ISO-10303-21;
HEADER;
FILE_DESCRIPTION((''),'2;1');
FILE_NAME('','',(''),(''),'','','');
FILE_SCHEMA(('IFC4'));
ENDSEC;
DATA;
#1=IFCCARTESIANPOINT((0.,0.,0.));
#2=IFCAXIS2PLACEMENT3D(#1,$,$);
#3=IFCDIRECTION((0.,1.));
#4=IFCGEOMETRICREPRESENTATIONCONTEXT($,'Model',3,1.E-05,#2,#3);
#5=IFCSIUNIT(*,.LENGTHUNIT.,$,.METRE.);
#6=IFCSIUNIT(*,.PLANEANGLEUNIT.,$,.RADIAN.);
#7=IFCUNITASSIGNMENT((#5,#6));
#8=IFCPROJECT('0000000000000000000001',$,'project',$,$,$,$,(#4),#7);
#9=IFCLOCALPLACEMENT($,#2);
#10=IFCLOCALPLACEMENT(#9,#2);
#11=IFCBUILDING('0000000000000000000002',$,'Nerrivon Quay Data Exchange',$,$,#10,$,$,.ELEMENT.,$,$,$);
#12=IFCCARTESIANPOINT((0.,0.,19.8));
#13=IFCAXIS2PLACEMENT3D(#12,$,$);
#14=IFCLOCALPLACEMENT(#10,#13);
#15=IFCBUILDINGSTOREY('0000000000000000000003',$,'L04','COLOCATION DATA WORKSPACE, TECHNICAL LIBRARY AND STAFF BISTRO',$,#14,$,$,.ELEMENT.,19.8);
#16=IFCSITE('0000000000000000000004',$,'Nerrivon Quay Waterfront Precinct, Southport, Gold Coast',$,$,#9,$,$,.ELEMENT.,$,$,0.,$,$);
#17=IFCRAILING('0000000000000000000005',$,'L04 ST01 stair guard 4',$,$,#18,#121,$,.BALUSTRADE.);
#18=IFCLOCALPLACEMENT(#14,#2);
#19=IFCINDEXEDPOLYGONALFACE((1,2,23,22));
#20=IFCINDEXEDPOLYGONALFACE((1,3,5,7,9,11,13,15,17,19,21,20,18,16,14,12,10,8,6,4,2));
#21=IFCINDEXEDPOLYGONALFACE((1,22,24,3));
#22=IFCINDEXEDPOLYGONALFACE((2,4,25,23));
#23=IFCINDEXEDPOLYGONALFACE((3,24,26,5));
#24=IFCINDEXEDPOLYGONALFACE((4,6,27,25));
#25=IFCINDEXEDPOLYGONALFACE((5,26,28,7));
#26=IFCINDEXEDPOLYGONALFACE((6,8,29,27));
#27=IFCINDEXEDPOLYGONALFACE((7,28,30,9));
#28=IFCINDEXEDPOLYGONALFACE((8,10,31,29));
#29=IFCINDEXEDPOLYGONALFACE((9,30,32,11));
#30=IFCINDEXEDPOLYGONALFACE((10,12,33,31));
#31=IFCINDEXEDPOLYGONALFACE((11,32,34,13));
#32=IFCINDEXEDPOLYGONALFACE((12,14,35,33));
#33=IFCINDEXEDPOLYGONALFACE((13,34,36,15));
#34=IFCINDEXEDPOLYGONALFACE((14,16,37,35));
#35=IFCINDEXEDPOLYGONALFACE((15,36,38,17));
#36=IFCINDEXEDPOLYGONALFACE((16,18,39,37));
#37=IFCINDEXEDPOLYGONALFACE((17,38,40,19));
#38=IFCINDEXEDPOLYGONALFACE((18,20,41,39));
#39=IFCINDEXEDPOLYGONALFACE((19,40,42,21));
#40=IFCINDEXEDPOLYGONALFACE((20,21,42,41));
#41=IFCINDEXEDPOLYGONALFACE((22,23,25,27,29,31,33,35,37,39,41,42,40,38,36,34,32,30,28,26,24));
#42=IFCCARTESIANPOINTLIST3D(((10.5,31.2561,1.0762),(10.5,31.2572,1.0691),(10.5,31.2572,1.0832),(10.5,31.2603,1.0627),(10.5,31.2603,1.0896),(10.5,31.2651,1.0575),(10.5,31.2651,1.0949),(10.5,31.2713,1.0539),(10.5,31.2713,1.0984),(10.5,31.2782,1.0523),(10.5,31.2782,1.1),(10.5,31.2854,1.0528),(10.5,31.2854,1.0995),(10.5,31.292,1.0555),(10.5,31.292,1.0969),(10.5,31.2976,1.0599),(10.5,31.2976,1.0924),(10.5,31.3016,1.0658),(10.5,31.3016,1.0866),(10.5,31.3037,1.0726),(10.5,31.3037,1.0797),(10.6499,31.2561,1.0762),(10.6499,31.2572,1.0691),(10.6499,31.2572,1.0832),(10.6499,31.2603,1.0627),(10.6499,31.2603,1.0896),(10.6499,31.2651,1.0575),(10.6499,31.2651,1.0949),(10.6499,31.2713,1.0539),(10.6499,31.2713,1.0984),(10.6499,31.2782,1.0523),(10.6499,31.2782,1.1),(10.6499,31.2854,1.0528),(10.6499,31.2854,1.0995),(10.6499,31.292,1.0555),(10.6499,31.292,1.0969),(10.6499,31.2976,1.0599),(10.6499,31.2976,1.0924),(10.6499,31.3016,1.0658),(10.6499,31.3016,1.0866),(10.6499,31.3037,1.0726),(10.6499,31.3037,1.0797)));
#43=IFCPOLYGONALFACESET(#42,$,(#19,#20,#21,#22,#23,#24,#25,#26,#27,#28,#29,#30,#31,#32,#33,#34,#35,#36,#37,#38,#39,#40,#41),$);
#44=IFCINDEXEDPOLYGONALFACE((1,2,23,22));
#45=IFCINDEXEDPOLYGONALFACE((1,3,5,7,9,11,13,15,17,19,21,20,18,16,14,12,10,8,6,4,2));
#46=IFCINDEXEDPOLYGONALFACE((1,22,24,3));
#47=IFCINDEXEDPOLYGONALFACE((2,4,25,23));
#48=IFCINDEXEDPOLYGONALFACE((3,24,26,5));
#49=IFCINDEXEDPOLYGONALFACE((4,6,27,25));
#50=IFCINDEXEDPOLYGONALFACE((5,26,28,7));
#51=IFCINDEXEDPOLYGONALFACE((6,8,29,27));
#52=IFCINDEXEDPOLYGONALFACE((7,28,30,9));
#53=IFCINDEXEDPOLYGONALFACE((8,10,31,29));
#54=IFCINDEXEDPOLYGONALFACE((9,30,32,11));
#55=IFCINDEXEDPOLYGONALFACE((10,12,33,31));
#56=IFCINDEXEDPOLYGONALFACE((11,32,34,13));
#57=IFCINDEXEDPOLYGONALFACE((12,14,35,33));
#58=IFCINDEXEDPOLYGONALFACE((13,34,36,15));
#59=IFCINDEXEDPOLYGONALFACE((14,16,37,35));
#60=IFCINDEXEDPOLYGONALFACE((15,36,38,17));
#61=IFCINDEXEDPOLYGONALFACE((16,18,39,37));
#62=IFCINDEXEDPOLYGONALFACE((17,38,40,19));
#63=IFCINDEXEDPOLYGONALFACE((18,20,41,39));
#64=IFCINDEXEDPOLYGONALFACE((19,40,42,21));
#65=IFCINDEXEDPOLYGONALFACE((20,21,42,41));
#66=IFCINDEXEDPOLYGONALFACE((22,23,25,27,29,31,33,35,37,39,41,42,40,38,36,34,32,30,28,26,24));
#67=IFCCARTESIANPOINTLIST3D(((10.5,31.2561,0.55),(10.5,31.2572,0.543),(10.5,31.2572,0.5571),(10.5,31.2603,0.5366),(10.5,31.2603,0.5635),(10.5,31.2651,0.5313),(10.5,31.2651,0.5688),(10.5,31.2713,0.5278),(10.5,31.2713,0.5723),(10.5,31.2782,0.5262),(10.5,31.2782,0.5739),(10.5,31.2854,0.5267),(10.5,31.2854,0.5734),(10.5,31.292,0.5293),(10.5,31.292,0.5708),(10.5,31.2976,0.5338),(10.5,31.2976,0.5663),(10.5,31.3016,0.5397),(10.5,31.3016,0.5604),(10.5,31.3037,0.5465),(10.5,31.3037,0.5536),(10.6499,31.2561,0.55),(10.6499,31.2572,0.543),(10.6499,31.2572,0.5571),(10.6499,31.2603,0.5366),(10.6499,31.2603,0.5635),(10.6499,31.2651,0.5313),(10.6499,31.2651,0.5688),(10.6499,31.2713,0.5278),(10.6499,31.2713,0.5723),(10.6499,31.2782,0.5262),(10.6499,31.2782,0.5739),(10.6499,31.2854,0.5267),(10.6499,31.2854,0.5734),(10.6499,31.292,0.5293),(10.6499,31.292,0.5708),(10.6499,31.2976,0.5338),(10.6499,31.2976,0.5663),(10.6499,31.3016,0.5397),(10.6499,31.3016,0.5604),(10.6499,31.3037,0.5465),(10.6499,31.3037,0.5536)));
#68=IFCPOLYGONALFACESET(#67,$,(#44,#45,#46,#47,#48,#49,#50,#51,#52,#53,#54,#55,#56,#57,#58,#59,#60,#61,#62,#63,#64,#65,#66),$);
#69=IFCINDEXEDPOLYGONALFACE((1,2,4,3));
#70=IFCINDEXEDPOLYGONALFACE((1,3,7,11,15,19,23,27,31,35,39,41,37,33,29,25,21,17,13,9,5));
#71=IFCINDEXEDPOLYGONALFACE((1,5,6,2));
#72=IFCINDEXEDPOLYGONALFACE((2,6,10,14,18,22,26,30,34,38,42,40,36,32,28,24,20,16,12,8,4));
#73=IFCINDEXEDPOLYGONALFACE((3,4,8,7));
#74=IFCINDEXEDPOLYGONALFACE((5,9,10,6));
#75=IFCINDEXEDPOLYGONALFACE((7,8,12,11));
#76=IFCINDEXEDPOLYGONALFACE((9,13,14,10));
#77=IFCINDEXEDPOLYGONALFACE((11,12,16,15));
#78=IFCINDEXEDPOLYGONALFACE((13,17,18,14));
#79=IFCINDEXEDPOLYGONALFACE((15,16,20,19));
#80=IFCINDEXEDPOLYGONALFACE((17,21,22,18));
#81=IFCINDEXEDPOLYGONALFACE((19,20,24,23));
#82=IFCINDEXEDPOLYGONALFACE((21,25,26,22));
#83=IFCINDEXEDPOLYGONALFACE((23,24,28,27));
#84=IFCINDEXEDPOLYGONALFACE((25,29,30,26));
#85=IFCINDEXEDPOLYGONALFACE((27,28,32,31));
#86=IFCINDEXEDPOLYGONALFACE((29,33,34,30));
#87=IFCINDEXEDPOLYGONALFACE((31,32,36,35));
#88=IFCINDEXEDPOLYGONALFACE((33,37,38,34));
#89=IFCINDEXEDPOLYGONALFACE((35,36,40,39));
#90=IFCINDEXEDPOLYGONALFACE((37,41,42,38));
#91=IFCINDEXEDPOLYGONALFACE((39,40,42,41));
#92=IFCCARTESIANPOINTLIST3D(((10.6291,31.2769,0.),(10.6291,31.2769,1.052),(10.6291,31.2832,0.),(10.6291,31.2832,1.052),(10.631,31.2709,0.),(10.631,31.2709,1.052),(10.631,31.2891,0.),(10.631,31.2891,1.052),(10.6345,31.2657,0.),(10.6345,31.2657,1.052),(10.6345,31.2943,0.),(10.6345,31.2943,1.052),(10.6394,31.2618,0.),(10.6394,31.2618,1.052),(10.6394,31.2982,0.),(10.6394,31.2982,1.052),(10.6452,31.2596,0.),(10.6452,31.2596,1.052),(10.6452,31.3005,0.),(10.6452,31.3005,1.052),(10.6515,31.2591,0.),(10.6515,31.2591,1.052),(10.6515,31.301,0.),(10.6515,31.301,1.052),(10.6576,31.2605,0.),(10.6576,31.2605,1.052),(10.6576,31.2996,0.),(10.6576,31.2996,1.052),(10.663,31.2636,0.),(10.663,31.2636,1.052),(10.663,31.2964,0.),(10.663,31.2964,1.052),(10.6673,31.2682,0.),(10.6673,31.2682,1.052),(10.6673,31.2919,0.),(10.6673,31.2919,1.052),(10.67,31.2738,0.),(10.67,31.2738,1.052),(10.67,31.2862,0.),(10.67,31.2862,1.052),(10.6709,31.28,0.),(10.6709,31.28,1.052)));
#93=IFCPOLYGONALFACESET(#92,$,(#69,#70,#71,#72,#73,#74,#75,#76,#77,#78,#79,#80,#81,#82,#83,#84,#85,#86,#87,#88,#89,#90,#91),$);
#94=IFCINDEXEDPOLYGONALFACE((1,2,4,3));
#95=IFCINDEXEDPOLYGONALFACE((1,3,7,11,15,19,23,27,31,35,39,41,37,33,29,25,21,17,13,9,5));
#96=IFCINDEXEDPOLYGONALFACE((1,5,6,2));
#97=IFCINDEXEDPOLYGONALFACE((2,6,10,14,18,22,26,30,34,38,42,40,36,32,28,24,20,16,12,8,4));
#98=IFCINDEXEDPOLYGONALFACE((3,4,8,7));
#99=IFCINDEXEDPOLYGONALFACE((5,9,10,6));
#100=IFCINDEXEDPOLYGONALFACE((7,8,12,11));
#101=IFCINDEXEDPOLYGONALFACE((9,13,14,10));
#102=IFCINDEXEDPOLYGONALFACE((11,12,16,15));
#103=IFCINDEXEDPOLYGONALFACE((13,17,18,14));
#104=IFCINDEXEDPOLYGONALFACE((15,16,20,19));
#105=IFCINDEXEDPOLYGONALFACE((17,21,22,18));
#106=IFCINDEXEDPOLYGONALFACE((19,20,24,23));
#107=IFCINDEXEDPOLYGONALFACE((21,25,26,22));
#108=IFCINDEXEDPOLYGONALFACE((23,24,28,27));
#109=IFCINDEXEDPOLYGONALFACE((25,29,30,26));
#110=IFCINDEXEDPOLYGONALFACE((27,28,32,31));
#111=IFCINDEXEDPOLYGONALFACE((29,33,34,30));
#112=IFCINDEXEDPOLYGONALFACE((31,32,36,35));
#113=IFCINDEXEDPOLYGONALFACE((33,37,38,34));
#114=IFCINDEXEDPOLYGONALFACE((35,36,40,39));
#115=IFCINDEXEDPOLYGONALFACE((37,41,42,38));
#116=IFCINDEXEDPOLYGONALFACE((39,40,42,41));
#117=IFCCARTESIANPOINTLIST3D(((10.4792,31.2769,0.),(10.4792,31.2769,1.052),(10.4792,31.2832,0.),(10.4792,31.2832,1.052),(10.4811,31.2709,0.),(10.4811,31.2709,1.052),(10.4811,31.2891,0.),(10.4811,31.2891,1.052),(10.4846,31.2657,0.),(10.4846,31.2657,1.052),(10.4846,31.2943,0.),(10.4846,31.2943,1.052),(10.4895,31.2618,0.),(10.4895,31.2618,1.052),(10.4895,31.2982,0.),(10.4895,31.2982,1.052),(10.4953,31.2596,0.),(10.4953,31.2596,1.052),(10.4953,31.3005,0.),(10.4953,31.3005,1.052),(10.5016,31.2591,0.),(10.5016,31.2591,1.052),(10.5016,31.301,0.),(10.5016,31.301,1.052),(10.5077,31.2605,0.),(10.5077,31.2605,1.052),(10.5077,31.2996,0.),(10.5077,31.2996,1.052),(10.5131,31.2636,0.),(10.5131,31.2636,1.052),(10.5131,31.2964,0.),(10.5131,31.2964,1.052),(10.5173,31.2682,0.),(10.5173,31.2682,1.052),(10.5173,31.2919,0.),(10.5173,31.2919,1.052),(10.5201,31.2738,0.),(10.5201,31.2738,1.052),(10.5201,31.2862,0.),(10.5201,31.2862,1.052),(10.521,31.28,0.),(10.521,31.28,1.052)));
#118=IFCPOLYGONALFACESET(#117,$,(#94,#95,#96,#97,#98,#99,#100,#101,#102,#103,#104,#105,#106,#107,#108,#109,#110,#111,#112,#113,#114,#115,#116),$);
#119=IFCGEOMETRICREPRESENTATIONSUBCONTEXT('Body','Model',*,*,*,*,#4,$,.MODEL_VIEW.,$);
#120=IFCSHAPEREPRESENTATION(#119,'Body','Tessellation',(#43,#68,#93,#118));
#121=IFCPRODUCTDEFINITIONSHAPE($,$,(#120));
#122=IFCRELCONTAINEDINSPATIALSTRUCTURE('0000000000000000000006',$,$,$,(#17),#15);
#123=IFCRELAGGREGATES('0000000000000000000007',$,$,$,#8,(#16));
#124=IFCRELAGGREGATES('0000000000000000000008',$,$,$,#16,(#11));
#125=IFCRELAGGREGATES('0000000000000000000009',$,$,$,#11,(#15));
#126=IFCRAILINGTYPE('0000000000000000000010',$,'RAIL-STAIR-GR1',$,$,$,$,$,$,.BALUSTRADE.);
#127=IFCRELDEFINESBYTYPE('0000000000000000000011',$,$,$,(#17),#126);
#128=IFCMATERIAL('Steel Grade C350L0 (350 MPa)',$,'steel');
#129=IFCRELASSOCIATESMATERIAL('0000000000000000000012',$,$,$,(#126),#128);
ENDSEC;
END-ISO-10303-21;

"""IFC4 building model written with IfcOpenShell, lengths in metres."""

from ifc_helpers import new_model, si_unit, direction, frame, origin, origin_2d, place, context, subcontext, project, spatial, circle, extrude, material, type_object, element, save


model = new_model("IFC4")

# Units and contexts
model_context = context("Model", 3, precision=1e-05, world=origin(), true_north=direction((0.0, 1.0)))
body_context = subcontext(model_context, "Body", "Model", "MODEL_VIEW")
ifc_project = project(units=[si_unit("LENGTHUNIT", "METRE"), si_unit("PLANEANGLEUNIT", "RADIAN")], contexts=[model_context])

# Site, building, storey
site_placement = place(None, origin())
site = spatial("IfcSite", under=ifc_project, at=site_placement, Name="Nerrivon Quay Waterfront Precinct, Southport, Gold Coast", CompositionType="ELEMENT", RefElevation=0.0)
building_placement = place(site_placement, origin())
building = spatial("IfcBuilding", under=site, at=building_placement, Name="Nerrivon Quay Data Exchange", CompositionType="ELEMENT")
storey_placement = place(building_placement, frame((0.0, 0.0, 19.8)))
storey = spatial("IfcBuildingStorey", under=building, at=storey_placement, Name="L04", Description="COLOCATION DATA WORKSPACE, TECHNICAL LIBRARY AND STAFF BISTRO", CompositionType="ELEMENT", Elevation=19.8)

# Railing
ifc_material_1 = material(Name="Steel Grade C350L0 (350 MPa)", Category="steel")
railing_type = type_object("IfcRailingType", Name="RAIL-STAIR-GR1", PredefinedType="BALUSTRADE", material=ifc_material_1)
railing_1_placement = place(storey_placement, frame((10.6499, 31.28, 0.0)))
element("IfcRailing", 1, at=railing_1_placement, inside=storey, type_object=railing_type, Name="L04 ST01 stair guard 4", PredefinedType="BALUSTRADE", context=body_context, shape_type="SweptSolid", body=[
    extrude(circle(Radius=0.0239, at=origin_2d()), frame((0.0, 0.0, 1.0762), z_axis=(-1.0, 0.0, 0.0), x_axis=(0.0, -1.0, 0.0)), (0.0, 0.0, 1.0), 0.1499),
    extrude(circle(Radius=0.0239, at=origin_2d()), frame((0.0, 0.0, 0.55), z_axis=(-1.0, 0.0, 0.0), x_axis=(0.0, -1.0, 0.0)), (0.0, 0.0, 1.0), 0.1499),
    extrude(circle(Radius=0.021, at=origin_2d()), origin(), (0.0, 0.0, 1.0), 1.052),
    extrude(circle(Radius=0.021, at=origin_2d()), frame((-0.1499, 0.0, 0.0)), (0.0, 0.0, 1.0), 1.052),
])

save(model, "model.ifc")
